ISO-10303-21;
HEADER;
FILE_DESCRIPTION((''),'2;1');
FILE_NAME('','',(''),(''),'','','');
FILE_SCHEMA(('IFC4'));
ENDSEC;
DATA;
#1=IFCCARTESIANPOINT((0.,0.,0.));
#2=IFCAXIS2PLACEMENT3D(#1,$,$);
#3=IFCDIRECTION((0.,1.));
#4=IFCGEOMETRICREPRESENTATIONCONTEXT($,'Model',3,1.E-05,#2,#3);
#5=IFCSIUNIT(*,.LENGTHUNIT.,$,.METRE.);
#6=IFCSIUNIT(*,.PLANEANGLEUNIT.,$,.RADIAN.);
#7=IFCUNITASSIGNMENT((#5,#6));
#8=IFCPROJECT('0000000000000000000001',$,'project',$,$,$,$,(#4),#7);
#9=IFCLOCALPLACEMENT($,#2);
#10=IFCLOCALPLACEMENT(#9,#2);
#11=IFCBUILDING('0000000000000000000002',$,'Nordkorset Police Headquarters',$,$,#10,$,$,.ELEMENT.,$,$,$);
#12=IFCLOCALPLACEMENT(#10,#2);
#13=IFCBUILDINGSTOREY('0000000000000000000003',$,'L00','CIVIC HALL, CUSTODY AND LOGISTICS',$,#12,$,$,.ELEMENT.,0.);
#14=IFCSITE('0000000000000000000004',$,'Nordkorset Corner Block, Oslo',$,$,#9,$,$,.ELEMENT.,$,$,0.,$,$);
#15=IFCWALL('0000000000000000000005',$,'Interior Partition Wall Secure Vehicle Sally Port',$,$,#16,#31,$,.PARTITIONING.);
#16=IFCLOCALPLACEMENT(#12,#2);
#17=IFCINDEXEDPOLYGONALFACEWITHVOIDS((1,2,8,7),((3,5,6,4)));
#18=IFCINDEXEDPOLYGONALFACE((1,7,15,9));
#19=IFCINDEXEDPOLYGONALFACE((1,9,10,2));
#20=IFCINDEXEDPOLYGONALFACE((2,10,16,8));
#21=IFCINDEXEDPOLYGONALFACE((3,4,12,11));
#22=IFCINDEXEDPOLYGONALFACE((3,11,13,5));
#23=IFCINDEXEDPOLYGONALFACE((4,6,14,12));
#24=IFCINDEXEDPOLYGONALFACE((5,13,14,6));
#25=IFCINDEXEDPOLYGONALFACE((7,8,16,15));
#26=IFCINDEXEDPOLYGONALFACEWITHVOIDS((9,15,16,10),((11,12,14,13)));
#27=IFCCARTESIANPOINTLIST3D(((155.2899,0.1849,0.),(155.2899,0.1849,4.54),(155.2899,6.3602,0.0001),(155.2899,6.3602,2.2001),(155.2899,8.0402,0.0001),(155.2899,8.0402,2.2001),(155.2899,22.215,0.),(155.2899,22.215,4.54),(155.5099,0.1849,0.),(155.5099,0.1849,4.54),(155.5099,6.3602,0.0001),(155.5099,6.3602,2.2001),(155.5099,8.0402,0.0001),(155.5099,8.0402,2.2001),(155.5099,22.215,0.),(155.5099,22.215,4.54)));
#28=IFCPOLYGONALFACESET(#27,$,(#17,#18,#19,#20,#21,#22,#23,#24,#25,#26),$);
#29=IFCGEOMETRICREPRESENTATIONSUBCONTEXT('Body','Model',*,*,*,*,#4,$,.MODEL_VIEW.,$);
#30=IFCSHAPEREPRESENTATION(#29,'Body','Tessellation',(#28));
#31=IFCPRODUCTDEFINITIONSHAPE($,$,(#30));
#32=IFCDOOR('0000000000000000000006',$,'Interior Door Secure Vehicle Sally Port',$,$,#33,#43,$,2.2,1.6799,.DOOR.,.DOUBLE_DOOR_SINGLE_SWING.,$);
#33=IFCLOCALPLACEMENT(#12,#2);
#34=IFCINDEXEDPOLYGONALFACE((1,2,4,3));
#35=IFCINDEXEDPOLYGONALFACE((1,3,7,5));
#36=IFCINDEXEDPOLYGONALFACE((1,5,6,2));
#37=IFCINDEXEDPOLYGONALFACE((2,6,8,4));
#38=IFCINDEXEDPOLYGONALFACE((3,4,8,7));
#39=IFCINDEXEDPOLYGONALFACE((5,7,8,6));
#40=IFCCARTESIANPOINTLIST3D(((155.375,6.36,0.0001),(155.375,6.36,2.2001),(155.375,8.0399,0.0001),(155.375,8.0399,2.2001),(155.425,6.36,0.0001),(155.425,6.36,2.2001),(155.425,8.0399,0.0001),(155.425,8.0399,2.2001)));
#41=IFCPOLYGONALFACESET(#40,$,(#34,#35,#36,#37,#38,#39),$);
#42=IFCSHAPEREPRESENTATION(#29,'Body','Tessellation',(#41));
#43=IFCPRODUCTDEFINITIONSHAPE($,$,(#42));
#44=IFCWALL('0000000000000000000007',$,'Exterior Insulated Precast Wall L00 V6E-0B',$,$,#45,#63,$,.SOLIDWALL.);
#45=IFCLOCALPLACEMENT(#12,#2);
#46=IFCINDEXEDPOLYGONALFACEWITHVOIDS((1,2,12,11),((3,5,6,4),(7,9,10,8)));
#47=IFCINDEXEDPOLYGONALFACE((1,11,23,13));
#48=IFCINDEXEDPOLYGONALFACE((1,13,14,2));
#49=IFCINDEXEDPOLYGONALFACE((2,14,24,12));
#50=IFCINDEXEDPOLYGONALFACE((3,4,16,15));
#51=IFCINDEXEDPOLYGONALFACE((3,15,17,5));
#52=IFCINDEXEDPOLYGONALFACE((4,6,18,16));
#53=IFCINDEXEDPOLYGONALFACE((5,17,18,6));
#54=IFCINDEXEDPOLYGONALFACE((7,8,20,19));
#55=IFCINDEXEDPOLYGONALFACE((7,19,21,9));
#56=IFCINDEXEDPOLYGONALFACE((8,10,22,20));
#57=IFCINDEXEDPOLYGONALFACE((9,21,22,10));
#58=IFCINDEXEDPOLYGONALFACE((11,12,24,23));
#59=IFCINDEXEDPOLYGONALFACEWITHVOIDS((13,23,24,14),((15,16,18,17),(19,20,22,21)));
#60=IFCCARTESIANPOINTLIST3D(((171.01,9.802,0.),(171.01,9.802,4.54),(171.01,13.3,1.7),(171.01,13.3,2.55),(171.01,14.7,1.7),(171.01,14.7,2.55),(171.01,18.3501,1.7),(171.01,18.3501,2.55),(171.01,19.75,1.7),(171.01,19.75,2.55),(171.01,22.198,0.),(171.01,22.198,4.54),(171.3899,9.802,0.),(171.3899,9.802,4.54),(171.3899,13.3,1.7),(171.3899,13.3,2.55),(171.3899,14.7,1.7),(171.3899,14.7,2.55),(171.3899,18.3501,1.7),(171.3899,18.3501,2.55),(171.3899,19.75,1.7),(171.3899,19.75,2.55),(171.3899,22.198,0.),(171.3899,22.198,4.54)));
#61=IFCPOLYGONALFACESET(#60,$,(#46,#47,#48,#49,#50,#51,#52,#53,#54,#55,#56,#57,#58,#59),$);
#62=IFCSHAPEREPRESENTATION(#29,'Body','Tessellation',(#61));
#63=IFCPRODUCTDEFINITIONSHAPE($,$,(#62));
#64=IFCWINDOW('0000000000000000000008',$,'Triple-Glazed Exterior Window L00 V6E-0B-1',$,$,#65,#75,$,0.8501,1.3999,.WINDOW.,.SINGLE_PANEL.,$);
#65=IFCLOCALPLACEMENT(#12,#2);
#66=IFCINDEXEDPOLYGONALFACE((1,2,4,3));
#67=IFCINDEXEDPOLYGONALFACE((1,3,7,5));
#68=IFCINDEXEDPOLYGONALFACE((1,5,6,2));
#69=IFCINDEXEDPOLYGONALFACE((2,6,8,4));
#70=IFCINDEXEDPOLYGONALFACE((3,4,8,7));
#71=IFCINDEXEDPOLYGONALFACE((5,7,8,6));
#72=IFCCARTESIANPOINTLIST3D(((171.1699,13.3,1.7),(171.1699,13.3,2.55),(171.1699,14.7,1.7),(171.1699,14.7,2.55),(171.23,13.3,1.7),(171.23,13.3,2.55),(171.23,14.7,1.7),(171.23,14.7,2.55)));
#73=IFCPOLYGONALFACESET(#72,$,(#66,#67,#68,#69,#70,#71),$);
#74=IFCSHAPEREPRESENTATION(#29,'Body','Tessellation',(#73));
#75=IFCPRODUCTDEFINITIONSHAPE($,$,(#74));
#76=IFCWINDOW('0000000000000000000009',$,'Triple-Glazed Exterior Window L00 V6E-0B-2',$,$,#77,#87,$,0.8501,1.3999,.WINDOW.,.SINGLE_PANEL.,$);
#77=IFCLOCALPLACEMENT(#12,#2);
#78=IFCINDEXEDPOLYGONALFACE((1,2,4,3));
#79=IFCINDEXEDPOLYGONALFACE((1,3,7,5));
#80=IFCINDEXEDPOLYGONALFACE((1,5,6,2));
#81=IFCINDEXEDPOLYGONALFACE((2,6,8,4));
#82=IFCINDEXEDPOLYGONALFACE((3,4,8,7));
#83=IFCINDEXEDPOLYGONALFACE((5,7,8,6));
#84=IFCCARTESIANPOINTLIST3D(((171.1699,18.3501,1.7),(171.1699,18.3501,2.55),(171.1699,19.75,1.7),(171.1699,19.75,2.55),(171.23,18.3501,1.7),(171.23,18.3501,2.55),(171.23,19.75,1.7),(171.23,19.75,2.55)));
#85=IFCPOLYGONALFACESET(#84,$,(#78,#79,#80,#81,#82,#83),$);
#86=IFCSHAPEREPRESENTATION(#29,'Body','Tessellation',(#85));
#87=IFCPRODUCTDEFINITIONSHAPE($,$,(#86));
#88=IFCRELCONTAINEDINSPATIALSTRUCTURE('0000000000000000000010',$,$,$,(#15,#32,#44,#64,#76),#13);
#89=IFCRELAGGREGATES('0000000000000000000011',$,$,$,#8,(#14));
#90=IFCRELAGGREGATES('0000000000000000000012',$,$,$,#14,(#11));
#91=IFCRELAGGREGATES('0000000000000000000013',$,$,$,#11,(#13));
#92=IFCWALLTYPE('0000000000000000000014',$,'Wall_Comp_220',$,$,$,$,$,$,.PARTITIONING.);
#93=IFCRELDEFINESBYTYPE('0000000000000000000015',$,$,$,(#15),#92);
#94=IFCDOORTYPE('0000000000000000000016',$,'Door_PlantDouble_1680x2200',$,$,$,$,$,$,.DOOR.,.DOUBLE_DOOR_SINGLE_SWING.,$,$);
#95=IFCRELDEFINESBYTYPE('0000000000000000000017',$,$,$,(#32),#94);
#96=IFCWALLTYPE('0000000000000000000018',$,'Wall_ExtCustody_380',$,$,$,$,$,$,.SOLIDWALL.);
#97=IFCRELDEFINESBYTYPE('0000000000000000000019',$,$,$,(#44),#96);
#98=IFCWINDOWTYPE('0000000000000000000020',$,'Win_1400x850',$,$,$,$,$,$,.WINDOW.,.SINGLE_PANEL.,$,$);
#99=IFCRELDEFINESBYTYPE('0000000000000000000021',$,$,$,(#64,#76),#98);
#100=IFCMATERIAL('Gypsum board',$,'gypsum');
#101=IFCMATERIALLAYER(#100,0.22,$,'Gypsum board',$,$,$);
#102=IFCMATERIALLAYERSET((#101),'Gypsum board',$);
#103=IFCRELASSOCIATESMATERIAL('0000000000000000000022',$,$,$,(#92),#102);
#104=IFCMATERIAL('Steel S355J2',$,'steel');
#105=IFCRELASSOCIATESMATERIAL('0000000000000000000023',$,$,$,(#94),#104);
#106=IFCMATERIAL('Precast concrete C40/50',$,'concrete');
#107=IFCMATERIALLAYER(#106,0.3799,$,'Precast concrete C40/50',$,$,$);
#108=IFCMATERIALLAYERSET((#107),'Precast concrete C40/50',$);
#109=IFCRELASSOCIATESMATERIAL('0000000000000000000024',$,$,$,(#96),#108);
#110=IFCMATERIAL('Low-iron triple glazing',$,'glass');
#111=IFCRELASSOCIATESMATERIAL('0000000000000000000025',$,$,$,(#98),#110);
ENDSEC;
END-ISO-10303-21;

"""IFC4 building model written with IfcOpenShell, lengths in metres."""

from ifc_helpers import new_model, si_unit, direction, frame, frame_2d, origin, place, context, subcontext, project, spatial, rectangle, extrude, material, layer, layer_set, type_object, element, fill, save


model = new_model("IFC4")

# Units and contexts
model_context = context("Model", 3, precision=1e-05, world=origin(), true_north=direction((0.0, 1.0)))
body_context = subcontext(model_context, "Body", "Model", "MODEL_VIEW")
ifc_project = project(units=[si_unit("LENGTHUNIT", "METRE"), si_unit("PLANEANGLEUNIT", "RADIAN")], contexts=[model_context])

# Site, building, storey
site_placement = place(None, origin())
site = spatial("IfcSite", under=ifc_project, at=site_placement, Name="Nordkorset Corner Block, Oslo", CompositionType="ELEMENT", RefElevation=0.0)
building_placement = place(site_placement, origin())
building = spatial("IfcBuilding", under=site, at=building_placement, Name="Nordkorset Police Headquarters", CompositionType="ELEMENT")
storey_placement = place(building_placement, origin())
storey = spatial("IfcBuildingStorey", under=building, at=storey_placement, Name="L00", Description="CIVIC HALL, CUSTODY AND LOGISTICS", CompositionType="ELEMENT", Elevation=0.0)

# Wall, opening, door
ifc_material_1 = material(Name="Gypsum board", Category="gypsum")
ifc_layer_1 = layer(ifc_material_1, 0.22, Name="Gypsum board")
ifc_layer_set_1 = layer_set([ifc_layer_1], Name="Gypsum board")
wall_type_1 = type_object("IfcWallType", Name="Wall_Comp_220", PredefinedType="PARTITIONING", material=ifc_layer_set_1)
wall_1_placement = place(storey_placement, frame((155.3999, 22.2151, 0.0), z_axis=(0.0, 0.0, 1.0), x_axis=(0.0, -1.0, 0.0)))
wall_1 = element("IfcWall", 1, at=wall_1_placement, inside=storey, type_object=wall_type_1, Name="Interior Partition Wall Secure Vehicle Sally Port", PredefinedType="PARTITIONING", context=body_context, shape_type="SweptSolid", body=[
    extrude(rectangle(XDim=22.03, YDim=0.22, at=frame_2d((11.0151, 0.0))), origin(), (0.0, 0.0, 1.0), 4.54),
])
opening_1_placement = place(wall_1_placement, frame((14.175, 0.0, 0.0)))
opening_1 = element("IfcOpeningElement", 2, at=opening_1_placement, cuts=wall_1, PredefinedType="OPENING", context=body_context, shape_type="SweptSolid", body=[
    extrude(rectangle(XDim=1.6799, YDim=2.2, at=frame_2d((0.8398, 1.1001))), frame((0.0, 0.1201, 0.0), z_axis=(0.0, -1.0, 0.0), x_axis=(1.0, 0.0, 0.0)), (0.0, 0.0, 1.0), 0.24),
])
ifc_material_2 = material(Name="Steel S355J2", Category="steel")
door_type = type_object("IfcDoorType", Name="Door_PlantDouble_1680x2200", OperationType="DOUBLE_DOOR_SINGLE_SWING", PredefinedType="DOOR", material=ifc_material_2)
door_placement = place(opening_1_placement, frame((1.6799, 0.0, 0.0), z_axis=(0.0, 0.0, 1.0), x_axis=(-1.0, 0.0, 0.0)))
door = element("IfcDoor", 3, at=door_placement, inside=storey, type_object=door_type, Name="Interior Door Secure Vehicle Sally Port", OperationType="DOUBLE_DOOR_SINGLE_SWING", OverallHeight=2.2, OverallWidth=1.6799, PredefinedType="DOOR", context=body_context, shape_type="SweptSolid", body=[
    extrude(rectangle(XDim=1.6799, YDim=2.2, at=frame_2d((0.8398, 1.1001))), frame((0.0, 0.0249, 0.0), z_axis=(0.0, -1.0, 0.0), x_axis=(1.0, 0.0, 0.0)), (0.0, 0.0, 1.0), 0.05),
])
fill(opening_1, door)

# Wall, openings, windows
ifc_material_3 = material(Name="Precast concrete C40/50", Category="concrete")
ifc_layer_2 = layer(ifc_material_3, 0.3799, Name="Precast concrete C40/50")
ifc_layer_set_2 = layer_set([ifc_layer_2], Name="Precast concrete C40/50")
wall_type_2 = type_object("IfcWallType", Name="Wall_ExtCustody_380", PredefinedType="SOLIDWALL", material=ifc_layer_set_2)
wall_2_placement = place(storey_placement, frame((171.2, 9.802, 0.0), z_axis=(0.0, 0.0, 1.0), x_axis=(0.0, 1.0, 0.0)))
wall_2 = element("IfcWall", 4, at=wall_2_placement, inside=storey, type_object=wall_type_2, Name="Exterior Insulated Precast Wall L00 V6E-0B", PredefinedType="SOLIDWALL", context=body_context, shape_type="SweptSolid", body=[
    extrude(rectangle(XDim=12.396, YDim=0.3799, at=frame_2d((6.198, 0.0))), origin(), (0.0, 0.0, 1.0), 4.54),
])
opening_2_placement = place(wall_2_placement, frame((3.498, 0.0, 1.7)))
opening_2 = element("IfcOpeningElement", 5, at=opening_2_placement, cuts=wall_2, PredefinedType="OPENING", context=body_context, shape_type="SweptSolid", body=[
    extrude(rectangle(XDim=1.3999, YDim=0.8501, at=frame_2d((0.7, 0.425))), frame((0.0, 0.2, 0.0), z_axis=(0.0, -1.0, 0.0), x_axis=(1.0, 0.0, 0.0)), (0.0, 0.0, 1.0), 0.3999),
])
opening_3_placement = place(wall_2_placement, frame((8.5481, 0.0, 1.7)))
opening_3 = element("IfcOpeningElement", 6, at=opening_3_placement, cuts=wall_2, PredefinedType="OPENING", context=body_context, shape_type="SweptSolid", body=[
    extrude(rectangle(XDim=1.3999, YDim=0.8501, at=frame_2d((0.7, 0.425))), frame((0.0, 0.2, 0.0), z_axis=(0.0, -1.0, 0.0), x_axis=(1.0, 0.0, 0.0)), (0.0, 0.0, 1.0), 0.3999),
])
ifc_material_4 = material(Name="Low-iron triple glazing", Category="glass")
window_type = type_object("IfcWindowType", Name="Win_1400x850", PartitioningType="SINGLE_PANEL", PredefinedType="WINDOW", material=ifc_material_4)
window_1_placement = place(opening_2_placement, origin())
window_1 = element("IfcWindow", 7, at=window_1_placement, inside=storey, type_object=window_type, Name="Triple-Glazed Exterior Window L00 V6E-0B-1", OverallHeight=0.8501, OverallWidth=1.3999, PartitioningType="SINGLE_PANEL", PredefinedType="WINDOW", context=body_context, shape_type="SweptSolid", body=[
    extrude(rectangle(XDim=1.3999, YDim=0.8501, at=frame_2d((0.7, 0.425))), frame((0.0, 0.03, 0.0), z_axis=(0.0, -1.0, 0.0), x_axis=(1.0, 0.0, 0.0)), (0.0, 0.0, 1.0), 0.0601),
])
fill(opening_2, window_1)
window_2_placement = place(opening_3_placement, origin())
window_2 = element("IfcWindow", 8, at=window_2_placement, inside=storey, type_object=window_type, Name="Triple-Glazed Exterior Window L00 V6E-0B-2", OverallHeight=0.8501, OverallWidth=1.3999, PartitioningType="SINGLE_PANEL", PredefinedType="WINDOW", context=body_context, shape_type="SweptSolid", body=[
    extrude(rectangle(XDim=1.3999, YDim=0.8501, at=frame_2d((0.7, 0.425))), frame((0.0, 0.03, 0.0), z_axis=(0.0, -1.0, 0.0), x_axis=(1.0, 0.0, 0.0)), (0.0, 0.0, 1.0), 0.0601),
])
fill(opening_3, window_2)

save(model, "model.ifc")
